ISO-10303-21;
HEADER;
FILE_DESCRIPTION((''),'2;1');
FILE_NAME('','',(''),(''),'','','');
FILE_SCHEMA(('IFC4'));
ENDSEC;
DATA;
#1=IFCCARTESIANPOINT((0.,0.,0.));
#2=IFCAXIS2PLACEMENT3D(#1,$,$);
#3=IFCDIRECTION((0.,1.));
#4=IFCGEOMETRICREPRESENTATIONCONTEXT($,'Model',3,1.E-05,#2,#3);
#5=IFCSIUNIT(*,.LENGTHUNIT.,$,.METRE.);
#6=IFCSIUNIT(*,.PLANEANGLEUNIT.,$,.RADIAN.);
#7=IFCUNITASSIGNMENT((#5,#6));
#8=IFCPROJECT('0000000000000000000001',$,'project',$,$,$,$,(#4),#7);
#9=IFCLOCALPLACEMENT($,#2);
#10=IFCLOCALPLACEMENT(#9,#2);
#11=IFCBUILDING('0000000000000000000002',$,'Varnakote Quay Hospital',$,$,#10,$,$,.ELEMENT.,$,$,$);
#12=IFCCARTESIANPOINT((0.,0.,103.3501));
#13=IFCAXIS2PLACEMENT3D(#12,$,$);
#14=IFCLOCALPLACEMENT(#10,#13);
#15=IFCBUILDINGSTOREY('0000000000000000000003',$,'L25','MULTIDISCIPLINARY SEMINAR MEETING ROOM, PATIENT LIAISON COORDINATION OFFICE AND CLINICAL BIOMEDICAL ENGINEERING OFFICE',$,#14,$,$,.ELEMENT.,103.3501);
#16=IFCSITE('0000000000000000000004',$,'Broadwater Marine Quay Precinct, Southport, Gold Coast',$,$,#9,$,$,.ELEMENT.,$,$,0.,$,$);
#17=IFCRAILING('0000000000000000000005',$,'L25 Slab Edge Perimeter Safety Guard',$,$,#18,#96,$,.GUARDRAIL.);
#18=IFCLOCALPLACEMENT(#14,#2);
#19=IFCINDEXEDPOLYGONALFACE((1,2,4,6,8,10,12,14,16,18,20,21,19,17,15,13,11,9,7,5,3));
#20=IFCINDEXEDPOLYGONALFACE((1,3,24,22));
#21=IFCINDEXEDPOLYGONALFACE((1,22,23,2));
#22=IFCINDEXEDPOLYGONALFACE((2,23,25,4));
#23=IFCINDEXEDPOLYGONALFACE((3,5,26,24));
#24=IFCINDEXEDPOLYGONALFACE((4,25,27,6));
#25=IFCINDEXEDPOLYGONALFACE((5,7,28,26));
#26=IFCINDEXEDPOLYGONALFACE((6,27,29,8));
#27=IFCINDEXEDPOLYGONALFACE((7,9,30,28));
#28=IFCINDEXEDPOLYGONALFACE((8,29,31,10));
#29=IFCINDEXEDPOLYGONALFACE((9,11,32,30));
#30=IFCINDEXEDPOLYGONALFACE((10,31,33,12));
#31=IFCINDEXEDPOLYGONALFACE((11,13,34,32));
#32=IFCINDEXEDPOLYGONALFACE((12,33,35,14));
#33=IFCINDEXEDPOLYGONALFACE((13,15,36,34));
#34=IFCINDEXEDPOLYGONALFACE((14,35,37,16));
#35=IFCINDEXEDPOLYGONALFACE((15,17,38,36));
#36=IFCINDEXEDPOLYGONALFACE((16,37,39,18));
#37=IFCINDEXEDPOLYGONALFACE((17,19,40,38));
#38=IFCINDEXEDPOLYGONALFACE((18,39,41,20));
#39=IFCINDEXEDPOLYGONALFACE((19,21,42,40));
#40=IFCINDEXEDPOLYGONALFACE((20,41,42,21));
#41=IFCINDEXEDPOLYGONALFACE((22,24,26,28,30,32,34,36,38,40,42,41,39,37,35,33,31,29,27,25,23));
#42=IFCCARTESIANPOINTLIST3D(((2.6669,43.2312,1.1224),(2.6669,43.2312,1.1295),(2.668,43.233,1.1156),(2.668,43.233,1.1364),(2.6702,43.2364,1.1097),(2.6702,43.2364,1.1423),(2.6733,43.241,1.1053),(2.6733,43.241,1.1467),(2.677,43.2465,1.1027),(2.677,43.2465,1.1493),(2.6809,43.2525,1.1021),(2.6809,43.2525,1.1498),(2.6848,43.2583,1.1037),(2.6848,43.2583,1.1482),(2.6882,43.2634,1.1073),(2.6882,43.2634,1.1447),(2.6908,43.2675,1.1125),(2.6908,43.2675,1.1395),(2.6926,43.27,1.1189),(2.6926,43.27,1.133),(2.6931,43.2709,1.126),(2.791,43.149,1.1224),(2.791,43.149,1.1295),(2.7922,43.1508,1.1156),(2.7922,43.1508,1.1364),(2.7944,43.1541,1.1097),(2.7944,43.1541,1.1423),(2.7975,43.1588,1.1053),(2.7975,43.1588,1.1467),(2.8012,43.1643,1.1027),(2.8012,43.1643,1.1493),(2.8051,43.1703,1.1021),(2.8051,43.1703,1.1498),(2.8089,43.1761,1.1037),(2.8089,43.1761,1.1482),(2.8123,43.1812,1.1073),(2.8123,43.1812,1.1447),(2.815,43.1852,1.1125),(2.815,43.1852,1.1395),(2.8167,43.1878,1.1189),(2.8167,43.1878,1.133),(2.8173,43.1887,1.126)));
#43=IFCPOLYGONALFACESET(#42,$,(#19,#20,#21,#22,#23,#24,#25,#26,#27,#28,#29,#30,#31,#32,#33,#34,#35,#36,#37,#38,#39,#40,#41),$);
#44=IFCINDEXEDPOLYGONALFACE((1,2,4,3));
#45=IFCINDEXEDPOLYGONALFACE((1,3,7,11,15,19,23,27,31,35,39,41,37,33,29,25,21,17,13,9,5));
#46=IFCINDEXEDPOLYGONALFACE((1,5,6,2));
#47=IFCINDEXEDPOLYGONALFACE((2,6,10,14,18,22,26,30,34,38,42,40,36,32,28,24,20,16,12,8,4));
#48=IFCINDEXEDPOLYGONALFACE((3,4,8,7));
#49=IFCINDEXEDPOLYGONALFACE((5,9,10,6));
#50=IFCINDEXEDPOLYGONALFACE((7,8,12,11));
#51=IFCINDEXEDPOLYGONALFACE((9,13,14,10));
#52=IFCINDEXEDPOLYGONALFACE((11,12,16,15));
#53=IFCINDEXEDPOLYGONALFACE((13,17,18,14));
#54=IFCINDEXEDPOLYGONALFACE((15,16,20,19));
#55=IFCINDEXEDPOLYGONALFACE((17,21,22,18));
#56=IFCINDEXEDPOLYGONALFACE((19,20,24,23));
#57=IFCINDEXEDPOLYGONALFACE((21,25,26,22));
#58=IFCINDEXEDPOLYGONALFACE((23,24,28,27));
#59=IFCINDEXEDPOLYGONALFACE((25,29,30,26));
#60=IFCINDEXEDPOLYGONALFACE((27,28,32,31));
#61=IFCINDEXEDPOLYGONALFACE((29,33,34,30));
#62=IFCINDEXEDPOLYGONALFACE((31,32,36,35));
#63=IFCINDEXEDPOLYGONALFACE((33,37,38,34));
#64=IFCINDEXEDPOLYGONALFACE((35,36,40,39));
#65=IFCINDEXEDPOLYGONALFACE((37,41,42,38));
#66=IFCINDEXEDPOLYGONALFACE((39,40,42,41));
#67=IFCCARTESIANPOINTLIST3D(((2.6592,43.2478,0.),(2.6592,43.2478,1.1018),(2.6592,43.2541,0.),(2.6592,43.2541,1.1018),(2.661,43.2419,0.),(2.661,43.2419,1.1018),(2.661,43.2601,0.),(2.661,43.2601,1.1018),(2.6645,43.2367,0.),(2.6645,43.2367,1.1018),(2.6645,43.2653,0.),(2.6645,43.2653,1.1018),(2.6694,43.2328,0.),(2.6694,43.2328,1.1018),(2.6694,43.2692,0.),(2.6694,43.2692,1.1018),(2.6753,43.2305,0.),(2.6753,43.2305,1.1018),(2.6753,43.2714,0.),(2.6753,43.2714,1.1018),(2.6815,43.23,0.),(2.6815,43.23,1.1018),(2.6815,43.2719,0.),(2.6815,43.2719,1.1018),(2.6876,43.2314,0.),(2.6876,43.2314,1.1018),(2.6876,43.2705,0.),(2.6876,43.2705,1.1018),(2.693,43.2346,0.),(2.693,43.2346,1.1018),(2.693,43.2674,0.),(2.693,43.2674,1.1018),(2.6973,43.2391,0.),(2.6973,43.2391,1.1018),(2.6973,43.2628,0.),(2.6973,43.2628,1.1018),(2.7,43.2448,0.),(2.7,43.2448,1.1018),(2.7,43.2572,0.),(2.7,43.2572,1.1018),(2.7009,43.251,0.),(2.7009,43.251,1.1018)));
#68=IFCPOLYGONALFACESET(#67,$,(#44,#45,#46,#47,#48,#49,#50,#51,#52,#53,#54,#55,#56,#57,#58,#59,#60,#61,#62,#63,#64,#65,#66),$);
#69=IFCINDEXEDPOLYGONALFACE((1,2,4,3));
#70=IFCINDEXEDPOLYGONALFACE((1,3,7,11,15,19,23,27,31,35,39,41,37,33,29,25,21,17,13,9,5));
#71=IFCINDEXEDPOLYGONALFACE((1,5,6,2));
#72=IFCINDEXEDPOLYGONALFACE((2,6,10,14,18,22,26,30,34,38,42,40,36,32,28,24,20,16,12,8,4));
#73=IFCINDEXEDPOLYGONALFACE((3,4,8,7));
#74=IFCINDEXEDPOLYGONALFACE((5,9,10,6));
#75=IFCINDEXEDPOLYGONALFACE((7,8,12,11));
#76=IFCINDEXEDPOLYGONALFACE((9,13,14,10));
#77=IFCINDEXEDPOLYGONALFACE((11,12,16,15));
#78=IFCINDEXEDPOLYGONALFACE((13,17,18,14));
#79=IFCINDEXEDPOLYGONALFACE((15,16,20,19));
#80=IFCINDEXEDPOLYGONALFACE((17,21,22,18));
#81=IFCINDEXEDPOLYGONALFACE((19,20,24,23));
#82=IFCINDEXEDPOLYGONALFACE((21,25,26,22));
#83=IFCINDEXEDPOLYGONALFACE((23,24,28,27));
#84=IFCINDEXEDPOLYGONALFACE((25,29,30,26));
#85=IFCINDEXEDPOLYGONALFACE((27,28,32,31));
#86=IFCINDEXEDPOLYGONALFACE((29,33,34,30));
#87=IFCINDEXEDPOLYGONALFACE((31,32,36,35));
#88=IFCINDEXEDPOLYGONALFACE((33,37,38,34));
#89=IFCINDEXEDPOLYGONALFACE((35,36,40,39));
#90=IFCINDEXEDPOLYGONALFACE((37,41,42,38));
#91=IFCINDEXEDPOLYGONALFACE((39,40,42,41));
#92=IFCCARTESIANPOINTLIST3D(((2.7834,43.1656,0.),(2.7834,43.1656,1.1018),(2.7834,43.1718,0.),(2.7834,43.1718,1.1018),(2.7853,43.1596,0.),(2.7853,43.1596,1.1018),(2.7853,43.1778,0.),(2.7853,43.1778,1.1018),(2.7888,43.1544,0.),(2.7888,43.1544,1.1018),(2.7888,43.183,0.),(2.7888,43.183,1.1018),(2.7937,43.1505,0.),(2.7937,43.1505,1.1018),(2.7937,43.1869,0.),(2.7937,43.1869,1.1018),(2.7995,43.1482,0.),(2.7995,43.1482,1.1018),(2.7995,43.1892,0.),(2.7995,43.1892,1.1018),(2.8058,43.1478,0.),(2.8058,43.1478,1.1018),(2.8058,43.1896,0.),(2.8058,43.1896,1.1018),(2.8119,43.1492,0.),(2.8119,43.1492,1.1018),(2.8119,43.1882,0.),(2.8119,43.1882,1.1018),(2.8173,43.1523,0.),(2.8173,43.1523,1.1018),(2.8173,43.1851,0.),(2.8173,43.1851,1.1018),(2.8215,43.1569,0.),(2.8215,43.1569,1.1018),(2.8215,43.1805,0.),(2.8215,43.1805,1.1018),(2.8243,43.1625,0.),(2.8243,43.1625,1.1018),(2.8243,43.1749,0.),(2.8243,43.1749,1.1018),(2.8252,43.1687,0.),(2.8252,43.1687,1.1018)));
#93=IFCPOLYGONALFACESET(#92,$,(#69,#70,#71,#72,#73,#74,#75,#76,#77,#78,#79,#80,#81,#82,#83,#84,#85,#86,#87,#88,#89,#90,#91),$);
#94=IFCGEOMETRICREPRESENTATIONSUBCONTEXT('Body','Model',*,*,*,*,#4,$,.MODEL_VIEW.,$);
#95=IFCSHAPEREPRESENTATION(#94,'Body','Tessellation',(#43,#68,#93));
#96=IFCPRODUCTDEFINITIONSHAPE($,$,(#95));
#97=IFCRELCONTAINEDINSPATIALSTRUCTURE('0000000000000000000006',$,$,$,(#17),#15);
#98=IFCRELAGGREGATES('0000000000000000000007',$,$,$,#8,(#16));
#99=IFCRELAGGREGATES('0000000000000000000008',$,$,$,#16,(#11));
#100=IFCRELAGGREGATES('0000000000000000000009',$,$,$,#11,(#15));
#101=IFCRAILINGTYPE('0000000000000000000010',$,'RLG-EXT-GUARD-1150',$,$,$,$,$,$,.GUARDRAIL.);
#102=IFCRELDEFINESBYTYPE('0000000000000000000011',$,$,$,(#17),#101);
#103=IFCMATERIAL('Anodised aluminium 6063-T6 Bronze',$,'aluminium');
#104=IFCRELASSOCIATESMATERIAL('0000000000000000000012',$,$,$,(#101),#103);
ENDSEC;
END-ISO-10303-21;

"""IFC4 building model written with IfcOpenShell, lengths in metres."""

from ifc_helpers import new_model, si_unit, direction, frame, origin, origin_2d, place, context, subcontext, project, spatial, circle, extrude, material, type_object, element, save


model = new_model("IFC4")

# Units and contexts
model_context = context("Model", 3, precision=1e-05, world=origin(), true_north=direction((0.0, 1.0)))
body_context = subcontext(model_context, "Body", "Model", "MODEL_VIEW")
ifc_project = project(units=[si_unit("LENGTHUNIT", "METRE"), si_unit("PLANEANGLEUNIT", "RADIAN")], contexts=[model_context])

# Site, building, storey
site_placement = place(None, origin())
site = spatial("IfcSite", under=ifc_project, at=site_placement, Name="Broadwater Marine Quay Precinct, Southport, Gold Coast", CompositionType="ELEMENT", RefElevation=0.0)
building_placement = place(site_placement, origin())
building = spatial("IfcBuilding", under=site, at=building_placement, Name="Varnakote Quay Hospital", CompositionType="ELEMENT")
storey_placement = place(building_placement, frame((0.0, 0.0, 103.3501)))
storey = spatial("IfcBuildingStorey", under=building, at=storey_placement, Name="L25", Description="MULTIDISCIPLINARY SEMINAR MEETING ROOM, PATIENT LIAISON COORDINATION OFFICE AND CLINICAL BIOMEDICAL ENGINEERING OFFICE", CompositionType="ELEMENT", Elevation=103.3501)

# Railing
ifc_material_1 = material(Name="Anodised aluminium 6063-T6 Bronze", Category="aluminium")
railing_type = type_object("IfcRailingType", Name="RLG-EXT-GUARD-1150", PredefinedType="GUARDRAIL", material=ifc_material_1)
railing_1_placement = place(storey_placement, frame((2.6799, 43.251, 0.0)))
element("IfcRailing", 1, at=railing_1_placement, inside=storey, type_object=railing_type, Name="L25 Slab Edge Perimeter Safety Guard", PredefinedType="GUARDRAIL", context=body_context, shape_type="SweptSolid", body=[
    extrude(circle(Radius=0.0239, at=origin_2d()), frame((0.0, 0.0, 1.126), z_axis=(0.83381, -0.552051, 0.0), x_axis=(0.552051, 0.83381, 0.0)), (0.0, 0.0, 1.0), 0.1489),
    extrude(circle(Radius=0.021, at=origin_2d()), origin(), (0.0, 0.0, 1.0), 1.1018),
    extrude(circle(Radius=0.021, at=origin_2d()), frame((0.1243, -0.0823, 0.0)), (0.0, 0.0, 1.0), 1.1018),
])

save(model, "model.ifc")
